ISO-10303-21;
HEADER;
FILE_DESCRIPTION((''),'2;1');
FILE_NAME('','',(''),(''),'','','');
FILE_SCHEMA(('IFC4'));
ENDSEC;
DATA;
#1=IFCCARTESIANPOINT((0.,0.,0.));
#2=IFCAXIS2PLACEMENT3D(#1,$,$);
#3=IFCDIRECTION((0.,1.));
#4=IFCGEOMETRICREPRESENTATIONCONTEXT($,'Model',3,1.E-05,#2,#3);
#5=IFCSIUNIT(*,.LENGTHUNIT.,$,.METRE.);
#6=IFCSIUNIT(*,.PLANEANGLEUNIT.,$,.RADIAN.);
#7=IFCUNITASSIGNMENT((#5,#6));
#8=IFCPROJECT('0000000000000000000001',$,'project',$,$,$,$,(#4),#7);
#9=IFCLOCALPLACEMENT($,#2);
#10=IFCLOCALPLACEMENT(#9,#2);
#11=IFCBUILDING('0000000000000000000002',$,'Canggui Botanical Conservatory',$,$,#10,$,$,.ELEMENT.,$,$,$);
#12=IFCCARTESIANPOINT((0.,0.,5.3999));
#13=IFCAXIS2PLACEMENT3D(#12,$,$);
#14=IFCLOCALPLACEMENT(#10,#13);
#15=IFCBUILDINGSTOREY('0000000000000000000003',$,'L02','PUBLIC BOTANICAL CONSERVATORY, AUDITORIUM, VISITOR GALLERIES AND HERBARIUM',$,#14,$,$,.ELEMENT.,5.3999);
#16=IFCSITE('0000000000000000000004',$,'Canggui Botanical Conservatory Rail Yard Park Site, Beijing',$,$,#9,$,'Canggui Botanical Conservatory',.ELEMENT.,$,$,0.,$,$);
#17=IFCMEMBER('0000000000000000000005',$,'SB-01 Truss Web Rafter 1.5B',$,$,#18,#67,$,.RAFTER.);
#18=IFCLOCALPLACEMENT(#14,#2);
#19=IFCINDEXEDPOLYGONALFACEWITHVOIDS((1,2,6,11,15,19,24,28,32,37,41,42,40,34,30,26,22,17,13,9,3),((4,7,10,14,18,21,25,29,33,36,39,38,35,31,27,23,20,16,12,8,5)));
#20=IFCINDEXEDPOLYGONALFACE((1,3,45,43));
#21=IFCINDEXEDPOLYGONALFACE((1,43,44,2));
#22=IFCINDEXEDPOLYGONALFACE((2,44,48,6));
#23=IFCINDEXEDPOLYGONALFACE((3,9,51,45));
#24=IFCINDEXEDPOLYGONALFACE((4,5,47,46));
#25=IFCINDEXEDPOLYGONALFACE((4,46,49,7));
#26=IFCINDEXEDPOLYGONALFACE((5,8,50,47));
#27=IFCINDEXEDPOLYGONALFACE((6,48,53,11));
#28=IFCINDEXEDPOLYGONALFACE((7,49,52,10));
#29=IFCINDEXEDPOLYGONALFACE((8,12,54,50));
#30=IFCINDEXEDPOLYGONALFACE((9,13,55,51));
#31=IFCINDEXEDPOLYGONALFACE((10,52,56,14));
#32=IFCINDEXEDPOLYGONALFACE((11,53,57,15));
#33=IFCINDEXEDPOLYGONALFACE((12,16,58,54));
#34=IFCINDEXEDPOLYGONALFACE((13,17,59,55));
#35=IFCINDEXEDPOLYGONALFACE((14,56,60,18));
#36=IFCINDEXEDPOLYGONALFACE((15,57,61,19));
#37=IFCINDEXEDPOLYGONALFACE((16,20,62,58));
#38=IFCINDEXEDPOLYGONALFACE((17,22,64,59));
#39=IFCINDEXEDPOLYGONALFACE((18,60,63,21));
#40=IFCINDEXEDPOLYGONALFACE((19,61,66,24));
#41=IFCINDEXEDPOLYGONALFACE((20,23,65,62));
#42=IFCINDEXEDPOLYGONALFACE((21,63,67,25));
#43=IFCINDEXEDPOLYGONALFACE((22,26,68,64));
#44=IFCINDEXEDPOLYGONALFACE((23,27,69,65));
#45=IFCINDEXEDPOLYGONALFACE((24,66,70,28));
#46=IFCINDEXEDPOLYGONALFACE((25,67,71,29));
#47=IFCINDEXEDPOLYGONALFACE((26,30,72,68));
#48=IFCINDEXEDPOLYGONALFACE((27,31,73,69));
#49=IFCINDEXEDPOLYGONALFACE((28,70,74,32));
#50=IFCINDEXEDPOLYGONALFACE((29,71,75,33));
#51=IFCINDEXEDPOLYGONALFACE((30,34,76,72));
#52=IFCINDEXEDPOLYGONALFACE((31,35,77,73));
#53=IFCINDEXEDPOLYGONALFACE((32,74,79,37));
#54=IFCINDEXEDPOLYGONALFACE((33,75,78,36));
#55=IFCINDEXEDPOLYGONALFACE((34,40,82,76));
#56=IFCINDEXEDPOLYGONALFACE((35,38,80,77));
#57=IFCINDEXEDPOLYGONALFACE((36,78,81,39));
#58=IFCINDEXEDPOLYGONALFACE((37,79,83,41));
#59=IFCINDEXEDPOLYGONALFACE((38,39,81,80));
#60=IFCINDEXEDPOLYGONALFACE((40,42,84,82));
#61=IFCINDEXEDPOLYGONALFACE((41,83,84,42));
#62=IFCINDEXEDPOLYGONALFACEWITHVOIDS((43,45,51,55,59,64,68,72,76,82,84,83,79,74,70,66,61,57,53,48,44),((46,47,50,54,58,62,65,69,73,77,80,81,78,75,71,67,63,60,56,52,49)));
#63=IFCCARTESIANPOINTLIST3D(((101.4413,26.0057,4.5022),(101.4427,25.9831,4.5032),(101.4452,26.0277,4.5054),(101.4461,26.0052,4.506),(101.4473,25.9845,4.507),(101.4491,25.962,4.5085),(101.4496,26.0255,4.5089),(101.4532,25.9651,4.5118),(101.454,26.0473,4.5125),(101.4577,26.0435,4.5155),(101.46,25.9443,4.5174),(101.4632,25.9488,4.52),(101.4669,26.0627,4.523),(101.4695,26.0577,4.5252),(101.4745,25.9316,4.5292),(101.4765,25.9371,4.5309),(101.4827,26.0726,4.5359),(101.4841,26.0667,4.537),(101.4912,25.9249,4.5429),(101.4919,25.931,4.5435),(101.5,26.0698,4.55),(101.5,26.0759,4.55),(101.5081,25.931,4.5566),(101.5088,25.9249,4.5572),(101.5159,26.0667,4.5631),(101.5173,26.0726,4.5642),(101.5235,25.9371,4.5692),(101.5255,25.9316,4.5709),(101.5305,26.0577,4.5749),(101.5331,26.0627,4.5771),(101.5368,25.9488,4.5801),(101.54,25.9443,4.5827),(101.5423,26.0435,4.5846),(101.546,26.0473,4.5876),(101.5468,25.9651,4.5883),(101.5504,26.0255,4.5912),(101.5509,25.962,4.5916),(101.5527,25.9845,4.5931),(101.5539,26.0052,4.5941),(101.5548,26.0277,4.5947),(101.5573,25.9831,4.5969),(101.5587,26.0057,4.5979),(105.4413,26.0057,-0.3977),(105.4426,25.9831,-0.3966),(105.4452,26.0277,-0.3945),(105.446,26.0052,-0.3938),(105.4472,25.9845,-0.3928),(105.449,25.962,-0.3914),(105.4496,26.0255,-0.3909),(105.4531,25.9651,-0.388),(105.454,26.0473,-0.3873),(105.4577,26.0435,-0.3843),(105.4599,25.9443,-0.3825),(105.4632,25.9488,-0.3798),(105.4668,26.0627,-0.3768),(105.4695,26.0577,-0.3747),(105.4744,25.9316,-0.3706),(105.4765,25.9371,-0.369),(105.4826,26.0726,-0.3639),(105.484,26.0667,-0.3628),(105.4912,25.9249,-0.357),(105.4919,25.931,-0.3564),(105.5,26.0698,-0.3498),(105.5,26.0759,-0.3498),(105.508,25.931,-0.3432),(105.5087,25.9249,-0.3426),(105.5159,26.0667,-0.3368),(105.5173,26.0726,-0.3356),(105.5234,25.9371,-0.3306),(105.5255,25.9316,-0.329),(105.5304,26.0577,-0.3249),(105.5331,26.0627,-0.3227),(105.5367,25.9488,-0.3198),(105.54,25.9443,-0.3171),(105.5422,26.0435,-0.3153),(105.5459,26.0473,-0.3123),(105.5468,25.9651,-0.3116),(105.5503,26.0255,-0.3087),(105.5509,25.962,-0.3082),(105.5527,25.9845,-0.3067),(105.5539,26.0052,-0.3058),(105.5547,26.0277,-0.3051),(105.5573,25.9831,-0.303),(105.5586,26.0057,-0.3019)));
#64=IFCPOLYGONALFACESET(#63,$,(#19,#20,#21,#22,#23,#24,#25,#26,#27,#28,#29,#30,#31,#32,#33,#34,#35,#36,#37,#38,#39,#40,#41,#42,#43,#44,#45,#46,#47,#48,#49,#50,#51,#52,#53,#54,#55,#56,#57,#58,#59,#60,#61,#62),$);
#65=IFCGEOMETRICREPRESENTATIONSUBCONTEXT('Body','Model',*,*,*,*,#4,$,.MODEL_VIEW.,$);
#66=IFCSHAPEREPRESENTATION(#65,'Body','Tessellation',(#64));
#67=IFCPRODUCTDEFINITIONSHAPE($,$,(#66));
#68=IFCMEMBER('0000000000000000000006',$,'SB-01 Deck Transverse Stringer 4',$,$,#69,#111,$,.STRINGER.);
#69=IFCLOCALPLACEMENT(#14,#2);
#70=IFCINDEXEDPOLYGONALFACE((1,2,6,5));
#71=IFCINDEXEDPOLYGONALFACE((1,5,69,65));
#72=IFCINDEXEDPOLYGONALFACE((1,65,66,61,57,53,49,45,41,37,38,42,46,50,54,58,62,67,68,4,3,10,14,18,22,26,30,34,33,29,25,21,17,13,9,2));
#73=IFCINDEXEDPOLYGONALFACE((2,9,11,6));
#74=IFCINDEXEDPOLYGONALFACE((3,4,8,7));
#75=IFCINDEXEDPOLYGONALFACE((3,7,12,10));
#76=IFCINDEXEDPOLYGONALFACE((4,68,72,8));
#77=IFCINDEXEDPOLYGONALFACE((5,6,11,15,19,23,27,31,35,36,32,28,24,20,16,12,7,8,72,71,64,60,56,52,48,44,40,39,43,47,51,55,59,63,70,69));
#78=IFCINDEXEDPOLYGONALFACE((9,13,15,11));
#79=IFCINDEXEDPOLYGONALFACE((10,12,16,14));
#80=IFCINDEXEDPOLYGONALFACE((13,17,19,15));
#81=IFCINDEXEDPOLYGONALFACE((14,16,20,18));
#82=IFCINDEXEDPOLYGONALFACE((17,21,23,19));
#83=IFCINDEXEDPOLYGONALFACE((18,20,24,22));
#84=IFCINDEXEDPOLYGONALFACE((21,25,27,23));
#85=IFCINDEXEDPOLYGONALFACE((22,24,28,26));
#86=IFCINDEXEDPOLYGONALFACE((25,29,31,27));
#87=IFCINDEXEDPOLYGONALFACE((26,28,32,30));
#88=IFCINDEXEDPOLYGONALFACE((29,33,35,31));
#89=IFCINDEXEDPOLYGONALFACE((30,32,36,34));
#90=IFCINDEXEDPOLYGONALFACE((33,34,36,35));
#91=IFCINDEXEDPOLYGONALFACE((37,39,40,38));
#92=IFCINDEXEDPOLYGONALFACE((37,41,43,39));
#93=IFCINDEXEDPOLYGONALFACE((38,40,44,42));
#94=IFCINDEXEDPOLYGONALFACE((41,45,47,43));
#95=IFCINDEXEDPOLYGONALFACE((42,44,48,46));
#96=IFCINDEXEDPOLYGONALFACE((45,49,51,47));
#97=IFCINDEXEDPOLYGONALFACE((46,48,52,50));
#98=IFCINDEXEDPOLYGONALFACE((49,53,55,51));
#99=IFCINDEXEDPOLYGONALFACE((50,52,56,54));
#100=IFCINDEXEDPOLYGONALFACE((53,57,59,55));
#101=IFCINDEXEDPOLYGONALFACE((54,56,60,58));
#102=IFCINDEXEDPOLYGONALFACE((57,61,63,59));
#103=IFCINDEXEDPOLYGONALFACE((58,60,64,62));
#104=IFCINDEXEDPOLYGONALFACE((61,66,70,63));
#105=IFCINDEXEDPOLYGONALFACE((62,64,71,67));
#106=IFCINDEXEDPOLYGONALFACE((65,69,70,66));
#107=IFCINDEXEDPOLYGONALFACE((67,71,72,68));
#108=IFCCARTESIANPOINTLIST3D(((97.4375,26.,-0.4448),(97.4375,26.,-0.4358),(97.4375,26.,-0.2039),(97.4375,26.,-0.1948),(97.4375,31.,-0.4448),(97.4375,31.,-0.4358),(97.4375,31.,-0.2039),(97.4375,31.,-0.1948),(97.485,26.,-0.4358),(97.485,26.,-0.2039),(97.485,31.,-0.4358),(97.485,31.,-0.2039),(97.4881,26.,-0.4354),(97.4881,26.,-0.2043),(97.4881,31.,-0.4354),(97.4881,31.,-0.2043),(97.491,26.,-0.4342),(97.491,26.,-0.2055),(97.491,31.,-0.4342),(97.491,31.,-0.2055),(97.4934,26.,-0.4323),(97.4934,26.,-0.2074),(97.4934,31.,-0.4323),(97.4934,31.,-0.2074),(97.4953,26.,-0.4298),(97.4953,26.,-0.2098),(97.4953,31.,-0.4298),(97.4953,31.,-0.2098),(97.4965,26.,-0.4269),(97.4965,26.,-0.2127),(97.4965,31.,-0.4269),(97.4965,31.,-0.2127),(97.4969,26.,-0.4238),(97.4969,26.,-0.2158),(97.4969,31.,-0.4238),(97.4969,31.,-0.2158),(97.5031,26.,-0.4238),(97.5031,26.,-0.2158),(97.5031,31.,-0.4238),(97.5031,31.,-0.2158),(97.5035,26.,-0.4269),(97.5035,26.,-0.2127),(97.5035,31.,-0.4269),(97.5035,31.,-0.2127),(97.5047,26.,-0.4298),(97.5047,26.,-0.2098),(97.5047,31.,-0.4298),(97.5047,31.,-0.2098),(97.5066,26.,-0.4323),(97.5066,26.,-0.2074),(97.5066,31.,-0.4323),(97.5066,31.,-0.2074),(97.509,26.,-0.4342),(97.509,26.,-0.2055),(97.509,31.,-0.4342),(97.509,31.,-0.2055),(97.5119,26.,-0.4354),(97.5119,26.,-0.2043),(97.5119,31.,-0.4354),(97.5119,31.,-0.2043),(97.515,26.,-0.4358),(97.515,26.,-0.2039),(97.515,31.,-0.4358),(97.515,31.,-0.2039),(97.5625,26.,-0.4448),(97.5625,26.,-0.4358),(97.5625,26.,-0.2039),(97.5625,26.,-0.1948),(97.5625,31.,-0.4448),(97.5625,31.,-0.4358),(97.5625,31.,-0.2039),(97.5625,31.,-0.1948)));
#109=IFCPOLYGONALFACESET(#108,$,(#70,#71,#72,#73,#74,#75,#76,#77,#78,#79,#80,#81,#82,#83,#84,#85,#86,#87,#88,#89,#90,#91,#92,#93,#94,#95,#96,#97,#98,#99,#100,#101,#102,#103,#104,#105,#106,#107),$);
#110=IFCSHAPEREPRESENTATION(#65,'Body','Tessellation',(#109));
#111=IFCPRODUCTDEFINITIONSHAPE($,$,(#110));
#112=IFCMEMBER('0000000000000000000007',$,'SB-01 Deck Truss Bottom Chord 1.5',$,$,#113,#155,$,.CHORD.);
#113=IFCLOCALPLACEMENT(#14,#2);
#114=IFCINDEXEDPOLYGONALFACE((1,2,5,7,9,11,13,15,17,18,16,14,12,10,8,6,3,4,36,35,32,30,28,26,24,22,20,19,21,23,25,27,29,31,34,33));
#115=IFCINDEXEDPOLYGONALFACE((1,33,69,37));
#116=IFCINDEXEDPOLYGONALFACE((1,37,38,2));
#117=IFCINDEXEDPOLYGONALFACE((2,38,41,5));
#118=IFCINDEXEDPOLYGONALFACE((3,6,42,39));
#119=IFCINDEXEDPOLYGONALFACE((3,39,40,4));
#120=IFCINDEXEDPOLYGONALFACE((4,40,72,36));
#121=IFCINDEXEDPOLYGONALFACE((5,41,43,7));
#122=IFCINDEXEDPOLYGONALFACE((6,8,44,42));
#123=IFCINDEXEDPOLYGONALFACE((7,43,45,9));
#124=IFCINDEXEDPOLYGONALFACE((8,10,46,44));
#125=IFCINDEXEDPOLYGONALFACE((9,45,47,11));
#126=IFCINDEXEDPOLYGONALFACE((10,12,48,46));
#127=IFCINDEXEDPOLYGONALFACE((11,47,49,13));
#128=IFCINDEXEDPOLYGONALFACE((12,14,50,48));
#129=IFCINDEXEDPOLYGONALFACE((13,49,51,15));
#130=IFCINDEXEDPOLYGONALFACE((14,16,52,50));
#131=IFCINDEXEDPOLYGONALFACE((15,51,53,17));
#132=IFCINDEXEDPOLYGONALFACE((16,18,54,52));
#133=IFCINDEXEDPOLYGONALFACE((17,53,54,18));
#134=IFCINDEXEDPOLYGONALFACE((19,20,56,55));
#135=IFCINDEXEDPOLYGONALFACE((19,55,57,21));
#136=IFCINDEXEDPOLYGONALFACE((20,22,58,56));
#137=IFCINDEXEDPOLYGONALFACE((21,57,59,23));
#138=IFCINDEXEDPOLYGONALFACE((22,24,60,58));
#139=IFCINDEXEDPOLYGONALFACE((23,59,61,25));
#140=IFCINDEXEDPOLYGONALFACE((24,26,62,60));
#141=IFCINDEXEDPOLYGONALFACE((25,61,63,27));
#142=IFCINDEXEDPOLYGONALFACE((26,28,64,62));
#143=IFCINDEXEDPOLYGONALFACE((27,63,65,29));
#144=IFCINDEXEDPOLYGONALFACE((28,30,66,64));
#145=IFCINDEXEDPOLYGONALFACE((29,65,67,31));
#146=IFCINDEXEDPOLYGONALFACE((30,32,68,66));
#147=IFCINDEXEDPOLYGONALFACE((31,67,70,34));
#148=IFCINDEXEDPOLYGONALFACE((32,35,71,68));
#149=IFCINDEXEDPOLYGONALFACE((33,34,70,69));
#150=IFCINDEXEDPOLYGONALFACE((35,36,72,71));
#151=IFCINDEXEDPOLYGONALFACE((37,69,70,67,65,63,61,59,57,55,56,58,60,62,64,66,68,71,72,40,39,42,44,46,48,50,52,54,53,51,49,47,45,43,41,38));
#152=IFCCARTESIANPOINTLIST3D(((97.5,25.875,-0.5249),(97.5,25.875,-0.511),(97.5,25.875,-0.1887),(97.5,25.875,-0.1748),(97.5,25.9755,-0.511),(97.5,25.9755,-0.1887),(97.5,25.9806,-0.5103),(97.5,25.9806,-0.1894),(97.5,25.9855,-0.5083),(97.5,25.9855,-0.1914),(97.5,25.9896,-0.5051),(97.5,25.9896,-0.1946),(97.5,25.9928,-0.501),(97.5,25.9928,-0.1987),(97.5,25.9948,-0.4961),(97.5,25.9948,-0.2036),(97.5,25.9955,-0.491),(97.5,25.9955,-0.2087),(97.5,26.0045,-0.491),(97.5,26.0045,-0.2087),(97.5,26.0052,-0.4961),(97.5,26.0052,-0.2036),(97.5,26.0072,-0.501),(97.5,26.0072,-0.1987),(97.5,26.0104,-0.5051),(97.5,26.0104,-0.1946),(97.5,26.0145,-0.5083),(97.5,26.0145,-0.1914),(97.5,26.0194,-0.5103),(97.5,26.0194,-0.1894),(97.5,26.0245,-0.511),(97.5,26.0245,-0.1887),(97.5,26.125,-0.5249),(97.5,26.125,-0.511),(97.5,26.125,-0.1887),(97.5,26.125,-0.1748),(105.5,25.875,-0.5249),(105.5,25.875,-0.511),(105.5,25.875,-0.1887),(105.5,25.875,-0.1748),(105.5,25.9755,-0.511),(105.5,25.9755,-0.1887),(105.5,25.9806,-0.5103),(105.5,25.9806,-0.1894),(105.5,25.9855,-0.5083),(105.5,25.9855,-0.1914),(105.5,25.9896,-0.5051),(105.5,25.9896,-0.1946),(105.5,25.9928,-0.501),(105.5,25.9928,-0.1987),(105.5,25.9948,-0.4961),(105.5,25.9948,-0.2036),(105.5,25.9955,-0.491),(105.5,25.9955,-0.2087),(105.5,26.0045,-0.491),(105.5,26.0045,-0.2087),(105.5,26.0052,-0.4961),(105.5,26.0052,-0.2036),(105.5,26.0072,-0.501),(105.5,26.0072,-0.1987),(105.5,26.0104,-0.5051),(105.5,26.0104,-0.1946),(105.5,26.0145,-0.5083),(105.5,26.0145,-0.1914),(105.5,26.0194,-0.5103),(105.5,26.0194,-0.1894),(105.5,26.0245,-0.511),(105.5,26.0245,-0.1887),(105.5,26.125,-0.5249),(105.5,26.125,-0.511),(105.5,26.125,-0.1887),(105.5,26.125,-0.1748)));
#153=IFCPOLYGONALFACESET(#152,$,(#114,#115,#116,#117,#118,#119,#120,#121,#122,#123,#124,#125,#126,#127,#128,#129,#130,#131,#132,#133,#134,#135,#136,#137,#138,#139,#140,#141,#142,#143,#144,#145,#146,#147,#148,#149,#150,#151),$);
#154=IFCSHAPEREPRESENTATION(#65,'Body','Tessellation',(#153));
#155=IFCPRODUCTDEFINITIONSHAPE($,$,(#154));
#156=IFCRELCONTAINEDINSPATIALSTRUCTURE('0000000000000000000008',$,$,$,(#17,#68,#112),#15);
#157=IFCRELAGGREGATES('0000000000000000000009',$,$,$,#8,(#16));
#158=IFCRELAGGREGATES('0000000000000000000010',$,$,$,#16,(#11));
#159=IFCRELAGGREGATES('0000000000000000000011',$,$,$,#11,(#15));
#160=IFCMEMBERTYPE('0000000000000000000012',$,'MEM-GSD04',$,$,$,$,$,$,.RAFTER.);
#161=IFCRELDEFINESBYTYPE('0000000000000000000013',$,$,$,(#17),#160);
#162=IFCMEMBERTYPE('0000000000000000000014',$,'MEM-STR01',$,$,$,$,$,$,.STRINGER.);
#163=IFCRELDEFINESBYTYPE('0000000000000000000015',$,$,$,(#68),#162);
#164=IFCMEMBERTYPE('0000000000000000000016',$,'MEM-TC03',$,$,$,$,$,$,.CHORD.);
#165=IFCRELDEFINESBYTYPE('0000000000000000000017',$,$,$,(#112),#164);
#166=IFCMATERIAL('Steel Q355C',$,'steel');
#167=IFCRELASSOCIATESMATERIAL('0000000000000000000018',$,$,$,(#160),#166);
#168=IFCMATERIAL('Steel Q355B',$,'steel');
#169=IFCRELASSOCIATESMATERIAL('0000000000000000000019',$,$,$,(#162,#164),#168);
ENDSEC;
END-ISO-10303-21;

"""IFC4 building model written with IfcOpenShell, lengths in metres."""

from ifc_helpers import new_model, si_unit, direction, frame, origin, origin_2d, place, context, subcontext, project, spatial, hollow_circle, i_section, extrude, material, material_profile, profile_set, type_object, element, save


model = new_model("IFC4")

# Units and contexts
model_context = context("Model", 3, precision=1e-05, world=origin(), true_north=direction((0.0, 1.0)))
body_context = subcontext(model_context, "Body", "Model", "MODEL_VIEW")
ifc_project = project(units=[si_unit("LENGTHUNIT", "METRE"), si_unit("PLANEANGLEUNIT", "RADIAN")], contexts=[model_context])

# Site, building, storey
site_placement = place(None, origin())
site = spatial("IfcSite", under=ifc_project, at=site_placement, Name="Canggui Botanical Conservatory Rail Yard Park Site, Beijing", LongName="Canggui Botanical Conservatory", CompositionType="ELEMENT", RefElevation=0.0)
building_placement = place(site_placement, origin())
building = spatial("IfcBuilding", under=site, at=building_placement, Name="Canggui Botanical Conservatory", CompositionType="ELEMENT")
storey_placement = place(building_placement, frame((0.0, 0.0, 5.3999)))
storey = spatial("IfcBuildingStorey", under=building, at=storey_placement, Name="L02", Description="PUBLIC BOTANICAL CONSERVATORY, AUDITORIUM, VISITOR GALLERIES AND HERBARIUM", CompositionType="ELEMENT", Elevation=5.3999)

# Shared definitions
ifc_material_1 = material(Name="Steel Q355B", Category="steel")

# Members
ifc_material_2 = material(Name="Steel Q355C", Category="steel")
ifc_material_profile_1 = material_profile(ifc_material_2, hollow_circle(Radius=0.0759, WallThickness=0.0061, at=origin_2d()), Name="CHS 152x6")
ifc_profile_set_1 = profile_set([ifc_material_profile_1], Name="Steel Q355C")
member_type_1 = type_object("IfcMemberType", Name="MEM-GSD04", PredefinedType="RAFTER", material=ifc_profile_set_1)
for number, where, z_axis, x_axis, name in (
    (1, (101.5, 26.0, 4.55), (0.632384, 0.0, -0.774655), (0.0, 1.0, 0.0), "SB-01 Truss Web Rafter 1.5B"),
):
    element("IfcMember", number, at=place(storey_placement, frame(where, z_axis=z_axis, x_axis=x_axis)), inside=storey, type_object=member_type_1, Name=name, PredefinedType="RAFTER", context=body_context, shape_type="SweptSolid", body=[
        extrude(hollow_circle(Radius=0.0759, WallThickness=0.0061, at=origin_2d()), origin(), (0.0, 0.0, 1.0), 6.3252),
    ])
ifc_material_profile_2 = material_profile(ifc_material_1, i_section(OverallWidth=0.125, OverallDepth=0.25, WebThickness=0.0061, FlangeThickness=0.009, FilletRadius=0.012, at=origin_2d()), Name="HN 250x125x6x9")
ifc_profile_set_2 = profile_set([ifc_material_profile_2], Name="Steel Q355B")
member_type_2 = type_object("IfcMemberType", Name="MEM-STR01", PredefinedType="STRINGER", material=ifc_profile_set_2)
member_1_placement = place(storey_placement, frame((97.5, 26.0, -0.3198), z_axis=(0.0, 1.0, 0.0), x_axis=(-1.0, 0.0, 0.0)))
element("IfcMember", 2, at=member_1_placement, inside=storey, type_object=member_type_2, Name="SB-01 Deck Transverse Stringer 4", PredefinedType="STRINGER", context=body_context, shape_type="SweptSolid", body=[
    extrude(i_section(OverallWidth=0.125, OverallDepth=0.25, WebThickness=0.0061, FlangeThickness=0.009, FilletRadius=0.012, at=origin_2d()), origin(), (0.0, 0.0, 1.0), 5.0),
])
ifc_material_profile_3 = material_profile(ifc_material_1, i_section(OverallWidth=0.25, OverallDepth=0.3501, WebThickness=0.009, FlangeThickness=0.0139, FilletRadius=0.02, at=origin_2d()), Name="HM 350x250x9x14")
ifc_profile_set_3 = profile_set([ifc_material_profile_3], Name="Steel Q355B")
member_type_3 = type_object("IfcMemberType", Name="MEM-TC03", PredefinedType="CHORD", material=ifc_profile_set_3)
member_2_placement = place(storey_placement, frame((97.5, 26.0, -0.3499), z_axis=(1.0, 0.0, 0.0), x_axis=(0.0, 1.0, 0.0)))
element("IfcMember", 3, at=member_2_placement, inside=storey, type_object=member_type_3, Name="SB-01 Deck Truss Bottom Chord 1.5", PredefinedType="CHORD", context=body_context, shape_type="SweptSolid", body=[
    extrude(i_section(OverallWidth=0.25, OverallDepth=0.3501, WebThickness=0.009, FlangeThickness=0.0139, FilletRadius=0.02, at=origin_2d()), origin(), (0.0, 0.0, 1.0), 8.0),
])

save(model, "model.ifc")
